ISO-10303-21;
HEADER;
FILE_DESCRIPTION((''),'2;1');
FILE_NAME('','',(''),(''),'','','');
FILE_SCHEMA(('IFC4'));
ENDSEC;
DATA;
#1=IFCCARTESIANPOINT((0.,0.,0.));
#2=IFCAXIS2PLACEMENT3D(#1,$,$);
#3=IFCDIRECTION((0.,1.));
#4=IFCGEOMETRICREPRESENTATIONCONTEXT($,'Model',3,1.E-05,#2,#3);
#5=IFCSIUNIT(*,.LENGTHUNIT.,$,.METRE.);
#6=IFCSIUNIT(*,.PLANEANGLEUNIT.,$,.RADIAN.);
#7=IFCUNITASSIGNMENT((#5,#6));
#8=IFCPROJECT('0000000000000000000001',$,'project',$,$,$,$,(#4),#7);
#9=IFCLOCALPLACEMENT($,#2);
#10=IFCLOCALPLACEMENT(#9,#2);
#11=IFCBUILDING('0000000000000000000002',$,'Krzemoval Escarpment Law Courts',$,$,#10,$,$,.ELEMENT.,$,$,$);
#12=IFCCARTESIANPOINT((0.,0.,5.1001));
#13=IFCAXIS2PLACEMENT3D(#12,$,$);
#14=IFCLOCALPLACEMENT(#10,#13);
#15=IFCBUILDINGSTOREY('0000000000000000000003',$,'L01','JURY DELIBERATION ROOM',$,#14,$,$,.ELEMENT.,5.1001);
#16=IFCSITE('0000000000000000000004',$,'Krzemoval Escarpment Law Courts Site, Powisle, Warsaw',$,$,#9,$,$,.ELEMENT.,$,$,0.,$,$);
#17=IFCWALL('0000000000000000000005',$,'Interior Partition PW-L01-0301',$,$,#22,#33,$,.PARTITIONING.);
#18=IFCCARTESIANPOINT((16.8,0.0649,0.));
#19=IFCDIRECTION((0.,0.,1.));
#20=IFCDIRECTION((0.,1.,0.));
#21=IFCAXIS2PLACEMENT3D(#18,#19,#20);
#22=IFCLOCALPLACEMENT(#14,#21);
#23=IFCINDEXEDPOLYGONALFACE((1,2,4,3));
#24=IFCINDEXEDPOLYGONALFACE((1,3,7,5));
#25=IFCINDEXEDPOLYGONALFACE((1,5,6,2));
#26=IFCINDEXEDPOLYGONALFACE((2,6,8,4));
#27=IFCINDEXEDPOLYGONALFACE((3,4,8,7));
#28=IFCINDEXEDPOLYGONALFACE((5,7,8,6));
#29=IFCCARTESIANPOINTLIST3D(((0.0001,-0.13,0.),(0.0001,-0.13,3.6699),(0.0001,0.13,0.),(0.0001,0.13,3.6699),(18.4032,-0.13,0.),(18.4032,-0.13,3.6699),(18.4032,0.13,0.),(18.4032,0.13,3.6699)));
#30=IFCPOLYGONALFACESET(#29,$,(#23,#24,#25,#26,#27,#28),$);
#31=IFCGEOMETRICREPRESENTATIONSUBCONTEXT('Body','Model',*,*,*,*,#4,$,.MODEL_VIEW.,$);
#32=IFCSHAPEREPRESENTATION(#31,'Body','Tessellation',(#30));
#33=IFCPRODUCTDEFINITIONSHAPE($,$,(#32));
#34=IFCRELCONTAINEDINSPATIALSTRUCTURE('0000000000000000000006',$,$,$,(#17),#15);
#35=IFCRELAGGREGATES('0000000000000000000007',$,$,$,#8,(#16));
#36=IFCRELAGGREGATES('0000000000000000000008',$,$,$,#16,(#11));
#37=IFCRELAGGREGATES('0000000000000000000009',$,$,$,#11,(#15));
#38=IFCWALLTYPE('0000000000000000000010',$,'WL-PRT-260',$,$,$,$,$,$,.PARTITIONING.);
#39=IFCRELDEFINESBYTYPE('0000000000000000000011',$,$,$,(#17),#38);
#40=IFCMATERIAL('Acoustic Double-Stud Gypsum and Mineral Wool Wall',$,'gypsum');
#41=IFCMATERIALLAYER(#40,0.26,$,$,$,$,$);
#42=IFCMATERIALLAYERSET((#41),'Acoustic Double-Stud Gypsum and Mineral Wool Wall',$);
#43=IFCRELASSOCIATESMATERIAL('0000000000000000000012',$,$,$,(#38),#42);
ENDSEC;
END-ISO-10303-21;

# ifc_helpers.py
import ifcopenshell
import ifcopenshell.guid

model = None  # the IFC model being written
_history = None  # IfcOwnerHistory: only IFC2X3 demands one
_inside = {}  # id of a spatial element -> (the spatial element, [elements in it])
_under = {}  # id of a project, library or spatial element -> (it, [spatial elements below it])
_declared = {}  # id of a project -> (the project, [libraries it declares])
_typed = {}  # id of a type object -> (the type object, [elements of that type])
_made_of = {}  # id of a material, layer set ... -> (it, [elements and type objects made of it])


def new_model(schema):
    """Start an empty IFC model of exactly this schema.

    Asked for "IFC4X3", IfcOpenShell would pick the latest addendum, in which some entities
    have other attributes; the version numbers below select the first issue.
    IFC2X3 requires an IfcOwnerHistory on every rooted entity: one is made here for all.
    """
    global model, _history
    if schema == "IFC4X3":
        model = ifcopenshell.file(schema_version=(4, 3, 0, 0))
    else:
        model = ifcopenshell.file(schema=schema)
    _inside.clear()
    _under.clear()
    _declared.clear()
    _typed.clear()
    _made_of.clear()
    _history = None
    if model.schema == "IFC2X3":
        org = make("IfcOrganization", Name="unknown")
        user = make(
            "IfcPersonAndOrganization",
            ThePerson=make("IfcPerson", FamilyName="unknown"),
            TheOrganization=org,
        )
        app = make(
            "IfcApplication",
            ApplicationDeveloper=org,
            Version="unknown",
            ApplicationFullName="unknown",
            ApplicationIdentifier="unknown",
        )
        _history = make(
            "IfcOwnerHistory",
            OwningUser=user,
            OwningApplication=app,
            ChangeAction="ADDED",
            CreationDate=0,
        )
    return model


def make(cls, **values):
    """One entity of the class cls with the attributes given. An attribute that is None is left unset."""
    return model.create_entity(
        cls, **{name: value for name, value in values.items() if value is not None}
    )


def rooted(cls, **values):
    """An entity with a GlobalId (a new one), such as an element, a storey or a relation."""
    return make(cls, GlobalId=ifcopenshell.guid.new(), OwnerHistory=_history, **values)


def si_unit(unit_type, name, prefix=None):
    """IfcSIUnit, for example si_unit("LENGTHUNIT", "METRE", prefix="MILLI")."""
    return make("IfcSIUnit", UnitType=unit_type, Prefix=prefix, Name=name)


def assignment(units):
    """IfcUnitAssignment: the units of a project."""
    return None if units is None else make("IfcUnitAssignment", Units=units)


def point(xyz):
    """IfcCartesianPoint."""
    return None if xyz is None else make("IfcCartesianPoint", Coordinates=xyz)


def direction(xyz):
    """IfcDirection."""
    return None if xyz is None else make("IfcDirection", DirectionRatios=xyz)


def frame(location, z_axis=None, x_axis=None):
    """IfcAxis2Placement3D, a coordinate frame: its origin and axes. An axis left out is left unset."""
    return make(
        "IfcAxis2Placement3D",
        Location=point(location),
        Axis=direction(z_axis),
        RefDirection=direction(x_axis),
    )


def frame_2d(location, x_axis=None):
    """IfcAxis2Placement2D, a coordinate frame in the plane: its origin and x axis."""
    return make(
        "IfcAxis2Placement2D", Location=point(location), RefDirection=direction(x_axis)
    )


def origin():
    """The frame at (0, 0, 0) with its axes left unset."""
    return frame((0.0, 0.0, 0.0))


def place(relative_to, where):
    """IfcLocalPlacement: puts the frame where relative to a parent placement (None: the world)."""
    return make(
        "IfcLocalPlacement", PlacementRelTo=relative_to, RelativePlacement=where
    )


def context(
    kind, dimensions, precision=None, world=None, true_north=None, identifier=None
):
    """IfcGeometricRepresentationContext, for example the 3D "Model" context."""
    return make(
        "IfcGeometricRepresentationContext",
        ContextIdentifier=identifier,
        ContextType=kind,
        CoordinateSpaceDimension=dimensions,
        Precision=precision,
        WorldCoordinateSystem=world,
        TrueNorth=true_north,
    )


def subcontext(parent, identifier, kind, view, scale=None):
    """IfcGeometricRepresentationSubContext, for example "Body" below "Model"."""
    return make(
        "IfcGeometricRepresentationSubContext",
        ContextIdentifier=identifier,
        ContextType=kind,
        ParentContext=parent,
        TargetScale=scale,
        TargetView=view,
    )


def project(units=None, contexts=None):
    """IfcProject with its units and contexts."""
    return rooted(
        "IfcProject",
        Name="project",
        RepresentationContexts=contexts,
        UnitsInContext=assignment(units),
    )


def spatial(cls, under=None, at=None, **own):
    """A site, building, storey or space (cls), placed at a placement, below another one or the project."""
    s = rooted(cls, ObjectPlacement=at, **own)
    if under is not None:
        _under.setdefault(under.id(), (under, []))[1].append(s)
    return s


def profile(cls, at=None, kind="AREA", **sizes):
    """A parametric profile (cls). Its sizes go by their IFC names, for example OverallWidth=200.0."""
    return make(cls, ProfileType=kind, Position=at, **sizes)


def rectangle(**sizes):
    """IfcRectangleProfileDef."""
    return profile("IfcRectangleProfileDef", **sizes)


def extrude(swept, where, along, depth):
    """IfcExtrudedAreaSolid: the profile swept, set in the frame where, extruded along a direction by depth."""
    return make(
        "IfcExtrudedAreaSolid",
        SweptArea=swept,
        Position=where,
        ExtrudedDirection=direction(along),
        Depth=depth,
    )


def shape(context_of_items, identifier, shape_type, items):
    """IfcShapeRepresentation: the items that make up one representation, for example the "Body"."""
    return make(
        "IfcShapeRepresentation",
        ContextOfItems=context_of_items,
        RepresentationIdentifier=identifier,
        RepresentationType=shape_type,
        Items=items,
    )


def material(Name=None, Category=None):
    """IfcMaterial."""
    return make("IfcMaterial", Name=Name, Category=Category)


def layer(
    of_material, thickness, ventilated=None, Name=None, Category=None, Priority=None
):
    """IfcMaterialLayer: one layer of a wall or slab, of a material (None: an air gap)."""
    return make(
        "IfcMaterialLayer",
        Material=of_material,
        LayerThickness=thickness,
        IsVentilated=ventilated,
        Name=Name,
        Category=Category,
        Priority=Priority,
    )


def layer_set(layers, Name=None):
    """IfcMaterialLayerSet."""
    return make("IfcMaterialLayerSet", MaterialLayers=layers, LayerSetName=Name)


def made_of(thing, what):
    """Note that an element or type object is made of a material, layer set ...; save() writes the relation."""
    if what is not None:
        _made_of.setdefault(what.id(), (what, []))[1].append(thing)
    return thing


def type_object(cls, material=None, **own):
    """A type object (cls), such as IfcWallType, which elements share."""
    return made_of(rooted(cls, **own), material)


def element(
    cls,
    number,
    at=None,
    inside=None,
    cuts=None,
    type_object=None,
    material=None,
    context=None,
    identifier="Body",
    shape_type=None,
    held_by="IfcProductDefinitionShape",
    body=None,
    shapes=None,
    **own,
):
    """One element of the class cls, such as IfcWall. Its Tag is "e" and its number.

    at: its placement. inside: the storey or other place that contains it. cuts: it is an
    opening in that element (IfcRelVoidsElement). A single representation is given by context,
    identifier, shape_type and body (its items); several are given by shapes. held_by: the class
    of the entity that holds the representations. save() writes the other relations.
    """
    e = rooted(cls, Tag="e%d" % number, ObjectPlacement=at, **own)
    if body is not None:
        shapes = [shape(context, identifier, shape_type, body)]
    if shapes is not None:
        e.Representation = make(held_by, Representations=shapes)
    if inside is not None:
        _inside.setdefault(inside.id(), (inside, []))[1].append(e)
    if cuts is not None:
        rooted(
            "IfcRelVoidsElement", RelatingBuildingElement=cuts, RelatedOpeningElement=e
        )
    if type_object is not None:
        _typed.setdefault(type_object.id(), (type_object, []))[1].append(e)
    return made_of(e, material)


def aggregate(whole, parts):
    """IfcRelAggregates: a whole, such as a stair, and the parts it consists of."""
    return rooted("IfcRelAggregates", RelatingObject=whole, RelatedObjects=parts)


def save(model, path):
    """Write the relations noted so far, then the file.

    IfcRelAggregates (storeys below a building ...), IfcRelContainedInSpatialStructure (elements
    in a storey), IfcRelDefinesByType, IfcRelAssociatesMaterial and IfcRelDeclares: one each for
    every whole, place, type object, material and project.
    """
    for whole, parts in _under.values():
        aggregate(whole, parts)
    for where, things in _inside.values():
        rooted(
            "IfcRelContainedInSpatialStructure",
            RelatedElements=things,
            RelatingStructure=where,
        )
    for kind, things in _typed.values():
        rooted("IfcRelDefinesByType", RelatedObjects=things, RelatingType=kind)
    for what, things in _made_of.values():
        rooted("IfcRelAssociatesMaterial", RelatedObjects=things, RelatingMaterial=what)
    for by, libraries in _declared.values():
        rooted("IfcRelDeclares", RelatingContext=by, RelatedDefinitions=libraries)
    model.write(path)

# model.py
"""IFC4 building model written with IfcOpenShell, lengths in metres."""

from ifc_helpers import new_model, si_unit, direction, frame, frame_2d, origin, place, context, subcontext, project, spatial, rectangle, extrude, material, layer, layer_set, type_object, element, save


model = new_model("IFC4")

# Units and contexts
model_context = context("Model", 3, precision=1e-05, world=origin(), true_north=direction((0.0, 1.0)))
body_context = subcontext(model_context, "Body", "Model", "MODEL_VIEW")
ifc_project = project(units=[si_unit("LENGTHUNIT", "METRE"), si_unit("PLANEANGLEUNIT", "RADIAN")], contexts=[model_context])

# Site, building, storey
site_placement = place(None, origin())
site = spatial("IfcSite", under=ifc_project, at=site_placement, Name="Krzemoval Escarpment Law Courts Site, Powisle, Warsaw", CompositionType="ELEMENT", RefElevation=0.0)
building_placement = place(site_placement, origin())
building = spatial("IfcBuilding", under=site, at=building_placement, Name="Krzemoval Escarpment Law Courts", CompositionType="ELEMENT")
storey_placement = place(building_placement, frame((0.0, 0.0, 5.1001)))
storey = spatial("IfcBuildingStorey", under=building, at=storey_placement, Name="L01", Description="JURY DELIBERATION ROOM", CompositionType="ELEMENT", Elevation=5.1001)

# Wall
ifc_material_1 = material(Name="Acoustic Double-Stud Gypsum and Mineral Wool Wall", Category="gypsum")
ifc_layer_1 = layer(ifc_material_1, 0.26)
ifc_layer_set_1 = layer_set([ifc_layer_1], Name="Acoustic Double-Stud Gypsum and Mineral Wool Wall")
wall_type_1 = type_object("IfcWallType", Name="WL-PRT-260", PredefinedType="PARTITIONING", material=ifc_layer_set_1)
wall_1_placement = place(storey_placement, frame((16.8, 0.0649, 0.0), z_axis=(0.0, 0.0, 1.0), x_axis=(0.0, 1.0, 0.0)))
element("IfcWall", 1, at=wall_1_placement, inside=storey, type_object=wall_type_1, Name="Interior Partition PW-L01-0301", PredefinedType="PARTITIONING", context=body_context, shape_type="SweptSolid", body=[
    extrude(rectangle(XDim=18.4031, YDim=0.26, at=frame_2d((9.2017, 0.0))), origin(), (0.0, 0.0, 1.0), 3.6699),
])

save(model, "model.ifc")
